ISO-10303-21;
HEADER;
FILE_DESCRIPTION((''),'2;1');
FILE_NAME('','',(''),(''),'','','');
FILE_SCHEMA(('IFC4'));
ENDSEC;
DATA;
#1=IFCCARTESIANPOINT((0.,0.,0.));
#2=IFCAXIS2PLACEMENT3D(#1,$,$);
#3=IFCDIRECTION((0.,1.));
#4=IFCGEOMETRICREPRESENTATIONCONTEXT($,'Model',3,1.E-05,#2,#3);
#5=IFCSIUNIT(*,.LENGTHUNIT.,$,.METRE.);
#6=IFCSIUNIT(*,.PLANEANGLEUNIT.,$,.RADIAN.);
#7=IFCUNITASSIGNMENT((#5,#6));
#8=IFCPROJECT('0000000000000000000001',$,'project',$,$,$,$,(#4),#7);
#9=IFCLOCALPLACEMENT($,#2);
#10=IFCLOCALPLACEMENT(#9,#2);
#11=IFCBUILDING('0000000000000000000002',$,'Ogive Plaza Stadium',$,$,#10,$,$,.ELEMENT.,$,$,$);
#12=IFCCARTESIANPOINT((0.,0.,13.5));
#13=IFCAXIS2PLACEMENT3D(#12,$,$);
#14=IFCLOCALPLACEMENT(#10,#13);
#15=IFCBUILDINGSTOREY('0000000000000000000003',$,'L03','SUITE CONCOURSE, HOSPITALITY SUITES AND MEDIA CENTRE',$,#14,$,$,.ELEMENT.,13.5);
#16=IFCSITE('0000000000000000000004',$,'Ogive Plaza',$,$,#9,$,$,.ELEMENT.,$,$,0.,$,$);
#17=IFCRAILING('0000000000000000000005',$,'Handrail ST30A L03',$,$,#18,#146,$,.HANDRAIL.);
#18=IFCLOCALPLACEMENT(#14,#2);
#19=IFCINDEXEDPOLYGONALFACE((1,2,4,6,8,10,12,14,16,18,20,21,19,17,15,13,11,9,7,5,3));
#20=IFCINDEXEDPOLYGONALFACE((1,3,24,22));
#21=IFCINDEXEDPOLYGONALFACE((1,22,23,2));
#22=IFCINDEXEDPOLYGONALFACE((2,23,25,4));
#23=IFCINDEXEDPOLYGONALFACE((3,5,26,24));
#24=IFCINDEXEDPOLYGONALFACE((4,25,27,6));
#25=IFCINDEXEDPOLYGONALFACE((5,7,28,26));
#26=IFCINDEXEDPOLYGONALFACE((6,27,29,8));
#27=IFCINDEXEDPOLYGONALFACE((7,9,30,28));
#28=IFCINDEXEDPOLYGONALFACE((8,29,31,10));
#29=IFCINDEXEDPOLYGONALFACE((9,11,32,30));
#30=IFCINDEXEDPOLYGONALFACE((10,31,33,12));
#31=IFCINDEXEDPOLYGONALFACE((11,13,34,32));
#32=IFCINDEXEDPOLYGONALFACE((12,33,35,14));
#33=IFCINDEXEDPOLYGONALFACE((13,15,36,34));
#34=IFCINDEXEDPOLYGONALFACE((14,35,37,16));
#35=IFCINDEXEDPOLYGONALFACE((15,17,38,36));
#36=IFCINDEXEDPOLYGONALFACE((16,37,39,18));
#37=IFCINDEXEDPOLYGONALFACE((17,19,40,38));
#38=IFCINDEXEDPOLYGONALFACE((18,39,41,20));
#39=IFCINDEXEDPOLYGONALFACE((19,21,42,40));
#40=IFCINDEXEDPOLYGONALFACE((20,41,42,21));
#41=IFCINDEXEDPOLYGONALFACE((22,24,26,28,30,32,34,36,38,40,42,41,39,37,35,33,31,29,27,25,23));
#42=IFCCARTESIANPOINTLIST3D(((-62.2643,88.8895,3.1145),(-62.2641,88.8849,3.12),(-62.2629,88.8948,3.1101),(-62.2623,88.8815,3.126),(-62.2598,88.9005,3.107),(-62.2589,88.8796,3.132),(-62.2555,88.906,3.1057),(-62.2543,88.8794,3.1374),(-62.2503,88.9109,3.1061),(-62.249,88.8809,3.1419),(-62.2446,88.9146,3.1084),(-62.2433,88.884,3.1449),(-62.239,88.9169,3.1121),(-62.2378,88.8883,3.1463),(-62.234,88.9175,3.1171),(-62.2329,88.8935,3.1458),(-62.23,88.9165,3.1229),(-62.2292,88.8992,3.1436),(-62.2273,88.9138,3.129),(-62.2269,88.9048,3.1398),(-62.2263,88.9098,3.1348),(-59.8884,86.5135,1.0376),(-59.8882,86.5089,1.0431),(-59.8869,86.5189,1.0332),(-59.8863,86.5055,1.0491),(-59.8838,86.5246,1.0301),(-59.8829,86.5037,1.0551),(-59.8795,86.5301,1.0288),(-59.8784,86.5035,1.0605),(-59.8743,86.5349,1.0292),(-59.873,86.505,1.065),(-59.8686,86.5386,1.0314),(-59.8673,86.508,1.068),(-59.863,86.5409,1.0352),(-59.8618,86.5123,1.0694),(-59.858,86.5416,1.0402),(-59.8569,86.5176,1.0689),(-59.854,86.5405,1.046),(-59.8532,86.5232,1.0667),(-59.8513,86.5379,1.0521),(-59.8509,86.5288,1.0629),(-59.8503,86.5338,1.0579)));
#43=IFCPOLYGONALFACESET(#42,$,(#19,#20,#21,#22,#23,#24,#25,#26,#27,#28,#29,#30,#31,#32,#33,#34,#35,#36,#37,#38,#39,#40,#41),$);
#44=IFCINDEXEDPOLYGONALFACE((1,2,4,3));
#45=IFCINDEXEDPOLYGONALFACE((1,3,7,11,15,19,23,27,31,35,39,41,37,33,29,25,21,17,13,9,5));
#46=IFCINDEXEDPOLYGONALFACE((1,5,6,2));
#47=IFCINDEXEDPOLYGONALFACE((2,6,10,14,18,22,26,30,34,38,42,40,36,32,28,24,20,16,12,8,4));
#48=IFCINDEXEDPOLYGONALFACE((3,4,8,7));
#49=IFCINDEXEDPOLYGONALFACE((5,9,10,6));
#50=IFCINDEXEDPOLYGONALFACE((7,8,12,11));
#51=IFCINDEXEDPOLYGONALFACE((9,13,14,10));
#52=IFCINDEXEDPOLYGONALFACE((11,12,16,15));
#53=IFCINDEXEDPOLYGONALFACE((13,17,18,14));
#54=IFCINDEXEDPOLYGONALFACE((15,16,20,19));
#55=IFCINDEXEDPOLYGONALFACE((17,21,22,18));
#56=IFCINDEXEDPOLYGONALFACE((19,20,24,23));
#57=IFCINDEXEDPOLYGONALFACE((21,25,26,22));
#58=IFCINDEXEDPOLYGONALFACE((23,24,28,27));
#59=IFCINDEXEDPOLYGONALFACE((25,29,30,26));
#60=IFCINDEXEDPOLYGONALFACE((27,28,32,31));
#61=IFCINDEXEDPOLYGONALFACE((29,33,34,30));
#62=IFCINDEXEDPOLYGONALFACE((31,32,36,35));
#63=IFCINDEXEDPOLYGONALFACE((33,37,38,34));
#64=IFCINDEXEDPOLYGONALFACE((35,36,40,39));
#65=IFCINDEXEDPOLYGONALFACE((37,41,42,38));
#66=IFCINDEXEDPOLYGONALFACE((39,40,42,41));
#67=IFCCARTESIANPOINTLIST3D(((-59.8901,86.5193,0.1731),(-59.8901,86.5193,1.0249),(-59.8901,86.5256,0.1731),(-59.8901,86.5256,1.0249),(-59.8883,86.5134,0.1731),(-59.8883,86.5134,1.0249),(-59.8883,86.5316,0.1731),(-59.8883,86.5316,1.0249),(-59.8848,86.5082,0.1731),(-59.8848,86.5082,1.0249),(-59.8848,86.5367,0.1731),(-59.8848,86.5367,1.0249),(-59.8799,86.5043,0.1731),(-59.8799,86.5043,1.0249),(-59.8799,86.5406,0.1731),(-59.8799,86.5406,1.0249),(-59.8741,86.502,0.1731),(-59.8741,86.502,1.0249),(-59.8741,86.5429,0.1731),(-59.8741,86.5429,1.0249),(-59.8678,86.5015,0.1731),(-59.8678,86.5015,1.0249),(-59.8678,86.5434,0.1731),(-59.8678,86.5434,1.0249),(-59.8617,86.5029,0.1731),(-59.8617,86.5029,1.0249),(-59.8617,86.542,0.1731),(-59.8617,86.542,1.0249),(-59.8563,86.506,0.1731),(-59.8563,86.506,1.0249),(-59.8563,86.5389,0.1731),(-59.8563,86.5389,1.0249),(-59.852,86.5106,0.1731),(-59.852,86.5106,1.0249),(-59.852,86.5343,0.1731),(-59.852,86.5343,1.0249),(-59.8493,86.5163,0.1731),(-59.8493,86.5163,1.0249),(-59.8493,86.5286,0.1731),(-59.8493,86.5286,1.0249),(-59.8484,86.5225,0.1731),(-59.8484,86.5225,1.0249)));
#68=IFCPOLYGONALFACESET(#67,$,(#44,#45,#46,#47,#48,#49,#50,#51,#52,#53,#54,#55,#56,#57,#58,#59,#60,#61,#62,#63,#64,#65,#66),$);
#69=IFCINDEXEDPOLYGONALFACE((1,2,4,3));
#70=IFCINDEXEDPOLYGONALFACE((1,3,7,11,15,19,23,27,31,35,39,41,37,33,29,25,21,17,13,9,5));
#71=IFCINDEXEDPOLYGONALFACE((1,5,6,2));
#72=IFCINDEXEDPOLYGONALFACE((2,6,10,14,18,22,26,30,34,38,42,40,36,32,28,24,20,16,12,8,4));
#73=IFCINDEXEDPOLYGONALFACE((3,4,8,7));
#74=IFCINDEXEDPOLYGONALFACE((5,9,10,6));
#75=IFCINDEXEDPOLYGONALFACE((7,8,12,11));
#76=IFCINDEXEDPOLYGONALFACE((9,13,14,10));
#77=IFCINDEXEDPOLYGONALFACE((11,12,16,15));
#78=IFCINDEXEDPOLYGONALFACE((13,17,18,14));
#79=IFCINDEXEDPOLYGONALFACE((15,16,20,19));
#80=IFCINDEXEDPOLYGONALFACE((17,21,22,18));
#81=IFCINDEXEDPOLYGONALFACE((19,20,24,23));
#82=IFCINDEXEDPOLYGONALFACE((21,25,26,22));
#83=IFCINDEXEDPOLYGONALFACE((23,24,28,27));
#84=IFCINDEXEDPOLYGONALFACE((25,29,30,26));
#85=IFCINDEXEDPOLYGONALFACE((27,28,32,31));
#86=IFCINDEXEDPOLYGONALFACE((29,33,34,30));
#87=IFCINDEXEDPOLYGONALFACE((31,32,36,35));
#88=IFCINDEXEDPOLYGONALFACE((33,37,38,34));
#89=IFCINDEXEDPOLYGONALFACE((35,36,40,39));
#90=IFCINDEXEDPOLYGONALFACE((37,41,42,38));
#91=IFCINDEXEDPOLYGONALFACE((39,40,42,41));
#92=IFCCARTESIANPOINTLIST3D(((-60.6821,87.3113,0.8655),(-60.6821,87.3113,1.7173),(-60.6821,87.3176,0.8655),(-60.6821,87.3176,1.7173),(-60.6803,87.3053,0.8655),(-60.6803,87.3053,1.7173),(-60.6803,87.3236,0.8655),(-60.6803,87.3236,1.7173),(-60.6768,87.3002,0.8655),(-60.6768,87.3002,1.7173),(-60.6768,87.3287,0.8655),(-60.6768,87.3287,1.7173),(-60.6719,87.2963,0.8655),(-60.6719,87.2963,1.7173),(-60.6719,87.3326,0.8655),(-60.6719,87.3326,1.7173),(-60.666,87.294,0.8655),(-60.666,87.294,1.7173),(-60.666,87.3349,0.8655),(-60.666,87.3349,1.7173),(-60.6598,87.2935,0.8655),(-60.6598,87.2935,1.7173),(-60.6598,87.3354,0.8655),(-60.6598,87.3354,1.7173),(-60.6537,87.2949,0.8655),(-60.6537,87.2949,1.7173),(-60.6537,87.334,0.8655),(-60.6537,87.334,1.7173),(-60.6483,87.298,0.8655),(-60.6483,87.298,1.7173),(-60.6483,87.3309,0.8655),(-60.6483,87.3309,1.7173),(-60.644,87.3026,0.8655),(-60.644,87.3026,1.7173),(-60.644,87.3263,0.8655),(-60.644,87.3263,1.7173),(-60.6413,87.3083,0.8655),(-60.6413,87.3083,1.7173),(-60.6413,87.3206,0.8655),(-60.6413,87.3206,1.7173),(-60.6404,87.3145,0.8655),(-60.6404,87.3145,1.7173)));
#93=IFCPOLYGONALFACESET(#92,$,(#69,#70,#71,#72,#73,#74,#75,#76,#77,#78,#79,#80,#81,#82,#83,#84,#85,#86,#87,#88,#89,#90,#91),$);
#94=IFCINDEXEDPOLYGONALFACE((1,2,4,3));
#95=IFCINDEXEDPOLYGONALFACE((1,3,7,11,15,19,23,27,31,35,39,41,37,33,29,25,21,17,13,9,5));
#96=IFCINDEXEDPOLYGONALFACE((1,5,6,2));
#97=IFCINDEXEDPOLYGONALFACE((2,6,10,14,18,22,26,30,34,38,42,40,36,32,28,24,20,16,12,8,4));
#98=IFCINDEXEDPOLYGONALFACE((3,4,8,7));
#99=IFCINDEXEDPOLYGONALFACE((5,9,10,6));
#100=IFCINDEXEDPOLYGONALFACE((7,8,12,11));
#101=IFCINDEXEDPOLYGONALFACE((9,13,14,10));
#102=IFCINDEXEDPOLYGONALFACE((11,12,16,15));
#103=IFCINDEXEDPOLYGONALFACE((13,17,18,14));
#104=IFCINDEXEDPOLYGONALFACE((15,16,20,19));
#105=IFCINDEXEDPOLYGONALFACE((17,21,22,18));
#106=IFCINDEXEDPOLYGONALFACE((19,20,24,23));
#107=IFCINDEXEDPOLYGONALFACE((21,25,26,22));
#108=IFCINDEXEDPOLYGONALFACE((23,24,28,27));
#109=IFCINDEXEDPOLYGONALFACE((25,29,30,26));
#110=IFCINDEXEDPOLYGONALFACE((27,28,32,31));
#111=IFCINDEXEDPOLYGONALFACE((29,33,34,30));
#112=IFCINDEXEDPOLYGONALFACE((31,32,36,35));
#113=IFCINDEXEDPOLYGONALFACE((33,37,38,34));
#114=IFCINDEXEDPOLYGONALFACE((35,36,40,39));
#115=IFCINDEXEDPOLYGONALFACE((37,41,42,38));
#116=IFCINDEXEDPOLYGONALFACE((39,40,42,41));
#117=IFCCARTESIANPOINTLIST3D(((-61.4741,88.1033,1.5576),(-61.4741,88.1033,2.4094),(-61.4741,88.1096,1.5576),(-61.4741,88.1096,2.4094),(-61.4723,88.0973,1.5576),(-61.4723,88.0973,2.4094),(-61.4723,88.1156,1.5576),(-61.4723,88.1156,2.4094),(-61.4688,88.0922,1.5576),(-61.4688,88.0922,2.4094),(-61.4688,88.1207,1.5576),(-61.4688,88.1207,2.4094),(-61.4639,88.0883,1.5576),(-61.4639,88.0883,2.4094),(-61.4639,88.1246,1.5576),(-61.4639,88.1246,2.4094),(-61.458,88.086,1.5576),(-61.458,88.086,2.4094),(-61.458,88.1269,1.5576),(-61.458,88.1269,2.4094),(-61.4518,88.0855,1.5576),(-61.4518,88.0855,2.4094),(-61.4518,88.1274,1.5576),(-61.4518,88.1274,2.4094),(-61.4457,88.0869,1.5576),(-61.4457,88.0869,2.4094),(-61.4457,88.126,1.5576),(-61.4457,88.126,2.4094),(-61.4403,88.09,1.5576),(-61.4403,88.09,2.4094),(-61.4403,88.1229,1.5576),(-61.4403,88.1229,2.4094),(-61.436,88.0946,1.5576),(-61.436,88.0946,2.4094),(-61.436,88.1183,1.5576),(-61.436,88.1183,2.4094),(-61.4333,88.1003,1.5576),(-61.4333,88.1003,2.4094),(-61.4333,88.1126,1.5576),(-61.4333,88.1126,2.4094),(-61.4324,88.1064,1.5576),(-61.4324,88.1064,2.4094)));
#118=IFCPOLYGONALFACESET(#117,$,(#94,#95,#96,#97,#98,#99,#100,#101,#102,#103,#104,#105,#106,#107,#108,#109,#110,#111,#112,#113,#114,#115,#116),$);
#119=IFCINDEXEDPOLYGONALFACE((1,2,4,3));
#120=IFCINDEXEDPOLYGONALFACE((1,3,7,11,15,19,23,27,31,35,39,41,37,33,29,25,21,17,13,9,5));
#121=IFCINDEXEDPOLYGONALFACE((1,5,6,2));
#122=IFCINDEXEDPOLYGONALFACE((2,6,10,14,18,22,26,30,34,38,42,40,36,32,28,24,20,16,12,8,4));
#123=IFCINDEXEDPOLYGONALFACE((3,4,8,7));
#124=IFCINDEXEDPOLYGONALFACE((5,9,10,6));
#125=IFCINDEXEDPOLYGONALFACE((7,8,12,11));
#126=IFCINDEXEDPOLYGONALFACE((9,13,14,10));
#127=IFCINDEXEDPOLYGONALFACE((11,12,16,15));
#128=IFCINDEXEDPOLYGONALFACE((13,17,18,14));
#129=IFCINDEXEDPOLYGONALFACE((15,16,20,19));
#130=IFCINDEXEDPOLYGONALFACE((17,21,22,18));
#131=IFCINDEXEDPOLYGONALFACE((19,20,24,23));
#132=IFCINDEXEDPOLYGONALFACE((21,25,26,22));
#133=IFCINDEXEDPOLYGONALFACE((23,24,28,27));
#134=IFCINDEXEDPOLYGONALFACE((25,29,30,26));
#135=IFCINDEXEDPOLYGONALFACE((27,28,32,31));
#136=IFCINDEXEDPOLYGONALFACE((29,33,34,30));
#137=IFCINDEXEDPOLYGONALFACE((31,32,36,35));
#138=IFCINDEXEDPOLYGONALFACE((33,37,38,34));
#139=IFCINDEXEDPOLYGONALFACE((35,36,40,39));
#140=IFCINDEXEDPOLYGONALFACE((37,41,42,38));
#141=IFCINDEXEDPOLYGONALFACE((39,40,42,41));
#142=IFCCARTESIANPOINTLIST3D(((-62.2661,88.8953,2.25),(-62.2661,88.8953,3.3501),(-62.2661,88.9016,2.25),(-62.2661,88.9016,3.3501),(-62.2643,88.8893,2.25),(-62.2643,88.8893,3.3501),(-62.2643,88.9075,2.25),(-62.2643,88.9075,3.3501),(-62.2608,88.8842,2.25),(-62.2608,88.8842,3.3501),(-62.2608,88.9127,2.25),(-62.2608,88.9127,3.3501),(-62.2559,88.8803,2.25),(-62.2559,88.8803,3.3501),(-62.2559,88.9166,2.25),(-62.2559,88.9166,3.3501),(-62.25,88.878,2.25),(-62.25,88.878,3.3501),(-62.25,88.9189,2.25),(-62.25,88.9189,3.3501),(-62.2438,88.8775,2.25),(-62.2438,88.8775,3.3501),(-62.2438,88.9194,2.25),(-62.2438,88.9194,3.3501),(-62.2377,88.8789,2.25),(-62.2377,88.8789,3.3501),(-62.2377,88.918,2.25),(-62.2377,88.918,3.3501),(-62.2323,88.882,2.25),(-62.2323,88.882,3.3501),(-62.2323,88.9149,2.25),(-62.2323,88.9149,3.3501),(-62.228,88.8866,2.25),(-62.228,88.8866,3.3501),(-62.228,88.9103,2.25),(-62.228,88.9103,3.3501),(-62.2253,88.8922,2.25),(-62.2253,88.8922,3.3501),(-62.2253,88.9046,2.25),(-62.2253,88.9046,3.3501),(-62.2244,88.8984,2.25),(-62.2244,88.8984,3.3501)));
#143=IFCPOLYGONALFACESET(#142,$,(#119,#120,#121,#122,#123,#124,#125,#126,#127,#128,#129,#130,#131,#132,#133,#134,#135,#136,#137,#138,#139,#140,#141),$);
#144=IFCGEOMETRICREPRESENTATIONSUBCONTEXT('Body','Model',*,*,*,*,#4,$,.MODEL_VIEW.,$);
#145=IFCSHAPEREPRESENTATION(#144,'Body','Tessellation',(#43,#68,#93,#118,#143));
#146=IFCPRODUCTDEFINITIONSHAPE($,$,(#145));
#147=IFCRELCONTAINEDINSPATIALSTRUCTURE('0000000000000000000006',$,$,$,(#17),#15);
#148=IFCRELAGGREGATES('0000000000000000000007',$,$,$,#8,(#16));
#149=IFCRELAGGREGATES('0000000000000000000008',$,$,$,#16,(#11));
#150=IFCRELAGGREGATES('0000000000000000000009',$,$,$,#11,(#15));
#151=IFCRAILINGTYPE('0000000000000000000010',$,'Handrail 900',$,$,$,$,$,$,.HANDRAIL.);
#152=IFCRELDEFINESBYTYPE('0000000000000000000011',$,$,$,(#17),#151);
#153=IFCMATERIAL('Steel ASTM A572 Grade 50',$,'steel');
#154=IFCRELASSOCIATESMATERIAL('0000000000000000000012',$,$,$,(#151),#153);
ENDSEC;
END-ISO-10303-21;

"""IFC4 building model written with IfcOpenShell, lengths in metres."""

from ifc_helpers import new_model, si_unit, direction, frame, origin, origin_2d, place, context, subcontext, project, spatial, circle, extrude, material, type_object, element, save


model = new_model("IFC4")

# Units and contexts
model_context = context("Model", 3, precision=1e-05, world=origin(), true_north=direction((0.0, 1.0)))
body_context = subcontext(model_context, "Body", "Model", "MODEL_VIEW")
ifc_project = project(units=[si_unit("LENGTHUNIT", "METRE"), si_unit("PLANEANGLEUNIT", "RADIAN")], contexts=[model_context])

# Site, building, storey
site_placement = place(None, origin())
site = spatial("IfcSite", under=ifc_project, at=site_placement, Name="Ogive Plaza", CompositionType="ELEMENT", RefElevation=0.0)
building_placement = place(site_placement, origin())
building = spatial("IfcBuilding", under=site, at=building_placement, Name="Ogive Plaza Stadium", CompositionType="ELEMENT")
storey_placement = place(building_placement, frame((0.0, 0.0, 13.5)))
storey = spatial("IfcBuildingStorey", under=building, at=storey_placement, Name="L03", Description="SUITE CONCOURSE, HOSPITALITY SUITES AND MEDIA CENTRE", CompositionType="ELEMENT", Elevation=13.5)

# Railing
ifc_material_1 = material(Name="Steel ASTM A572 Grade 50", Category="steel")
railing_type_1 = type_object("IfcRailingType", Name="Handrail 900", PredefinedType="HANDRAIL", material=ifc_material_1)
railing_1_placement = place(storey_placement, frame((-59.8694, 86.5225, 0.1731)))
element("IfcRailing", 1, at=railing_1_placement, inside=storey, type_object=railing_type_1, Name="Handrail ST30A L03", PredefinedType="HANDRAIL", context=body_context, shape_type="SweptSolid", body=[
    extrude(circle(Radius=0.0239, at=origin_2d()), frame((0.0, 0.0, 0.876), z_axis=(-0.601483, 0.601483, 0.525772), x_axis=(-0.707107, -0.707107, 0.0)), (0.0, 0.0, 1.0), 3.9502),
    extrude(circle(Radius=0.021, at=origin_2d()), origin(), (0.0, 0.0, 1.0), 0.8518),
    extrude(circle(Radius=0.021, at=origin_2d()), frame((-0.792, 0.792, 0.6924)), (0.0, 0.0, 1.0), 0.8518),
    extrude(circle(Radius=0.021, at=origin_2d()), frame((-1.584, 1.584, 1.3845)), (0.0, 0.0, 1.0), 0.8518),
    extrude(circle(Radius=0.021, at=origin_2d()), frame((-2.376, 2.376, 2.0769)), (0.0, 0.0, 1.0), 1.1001),
])

save(model, "model.ifc")
